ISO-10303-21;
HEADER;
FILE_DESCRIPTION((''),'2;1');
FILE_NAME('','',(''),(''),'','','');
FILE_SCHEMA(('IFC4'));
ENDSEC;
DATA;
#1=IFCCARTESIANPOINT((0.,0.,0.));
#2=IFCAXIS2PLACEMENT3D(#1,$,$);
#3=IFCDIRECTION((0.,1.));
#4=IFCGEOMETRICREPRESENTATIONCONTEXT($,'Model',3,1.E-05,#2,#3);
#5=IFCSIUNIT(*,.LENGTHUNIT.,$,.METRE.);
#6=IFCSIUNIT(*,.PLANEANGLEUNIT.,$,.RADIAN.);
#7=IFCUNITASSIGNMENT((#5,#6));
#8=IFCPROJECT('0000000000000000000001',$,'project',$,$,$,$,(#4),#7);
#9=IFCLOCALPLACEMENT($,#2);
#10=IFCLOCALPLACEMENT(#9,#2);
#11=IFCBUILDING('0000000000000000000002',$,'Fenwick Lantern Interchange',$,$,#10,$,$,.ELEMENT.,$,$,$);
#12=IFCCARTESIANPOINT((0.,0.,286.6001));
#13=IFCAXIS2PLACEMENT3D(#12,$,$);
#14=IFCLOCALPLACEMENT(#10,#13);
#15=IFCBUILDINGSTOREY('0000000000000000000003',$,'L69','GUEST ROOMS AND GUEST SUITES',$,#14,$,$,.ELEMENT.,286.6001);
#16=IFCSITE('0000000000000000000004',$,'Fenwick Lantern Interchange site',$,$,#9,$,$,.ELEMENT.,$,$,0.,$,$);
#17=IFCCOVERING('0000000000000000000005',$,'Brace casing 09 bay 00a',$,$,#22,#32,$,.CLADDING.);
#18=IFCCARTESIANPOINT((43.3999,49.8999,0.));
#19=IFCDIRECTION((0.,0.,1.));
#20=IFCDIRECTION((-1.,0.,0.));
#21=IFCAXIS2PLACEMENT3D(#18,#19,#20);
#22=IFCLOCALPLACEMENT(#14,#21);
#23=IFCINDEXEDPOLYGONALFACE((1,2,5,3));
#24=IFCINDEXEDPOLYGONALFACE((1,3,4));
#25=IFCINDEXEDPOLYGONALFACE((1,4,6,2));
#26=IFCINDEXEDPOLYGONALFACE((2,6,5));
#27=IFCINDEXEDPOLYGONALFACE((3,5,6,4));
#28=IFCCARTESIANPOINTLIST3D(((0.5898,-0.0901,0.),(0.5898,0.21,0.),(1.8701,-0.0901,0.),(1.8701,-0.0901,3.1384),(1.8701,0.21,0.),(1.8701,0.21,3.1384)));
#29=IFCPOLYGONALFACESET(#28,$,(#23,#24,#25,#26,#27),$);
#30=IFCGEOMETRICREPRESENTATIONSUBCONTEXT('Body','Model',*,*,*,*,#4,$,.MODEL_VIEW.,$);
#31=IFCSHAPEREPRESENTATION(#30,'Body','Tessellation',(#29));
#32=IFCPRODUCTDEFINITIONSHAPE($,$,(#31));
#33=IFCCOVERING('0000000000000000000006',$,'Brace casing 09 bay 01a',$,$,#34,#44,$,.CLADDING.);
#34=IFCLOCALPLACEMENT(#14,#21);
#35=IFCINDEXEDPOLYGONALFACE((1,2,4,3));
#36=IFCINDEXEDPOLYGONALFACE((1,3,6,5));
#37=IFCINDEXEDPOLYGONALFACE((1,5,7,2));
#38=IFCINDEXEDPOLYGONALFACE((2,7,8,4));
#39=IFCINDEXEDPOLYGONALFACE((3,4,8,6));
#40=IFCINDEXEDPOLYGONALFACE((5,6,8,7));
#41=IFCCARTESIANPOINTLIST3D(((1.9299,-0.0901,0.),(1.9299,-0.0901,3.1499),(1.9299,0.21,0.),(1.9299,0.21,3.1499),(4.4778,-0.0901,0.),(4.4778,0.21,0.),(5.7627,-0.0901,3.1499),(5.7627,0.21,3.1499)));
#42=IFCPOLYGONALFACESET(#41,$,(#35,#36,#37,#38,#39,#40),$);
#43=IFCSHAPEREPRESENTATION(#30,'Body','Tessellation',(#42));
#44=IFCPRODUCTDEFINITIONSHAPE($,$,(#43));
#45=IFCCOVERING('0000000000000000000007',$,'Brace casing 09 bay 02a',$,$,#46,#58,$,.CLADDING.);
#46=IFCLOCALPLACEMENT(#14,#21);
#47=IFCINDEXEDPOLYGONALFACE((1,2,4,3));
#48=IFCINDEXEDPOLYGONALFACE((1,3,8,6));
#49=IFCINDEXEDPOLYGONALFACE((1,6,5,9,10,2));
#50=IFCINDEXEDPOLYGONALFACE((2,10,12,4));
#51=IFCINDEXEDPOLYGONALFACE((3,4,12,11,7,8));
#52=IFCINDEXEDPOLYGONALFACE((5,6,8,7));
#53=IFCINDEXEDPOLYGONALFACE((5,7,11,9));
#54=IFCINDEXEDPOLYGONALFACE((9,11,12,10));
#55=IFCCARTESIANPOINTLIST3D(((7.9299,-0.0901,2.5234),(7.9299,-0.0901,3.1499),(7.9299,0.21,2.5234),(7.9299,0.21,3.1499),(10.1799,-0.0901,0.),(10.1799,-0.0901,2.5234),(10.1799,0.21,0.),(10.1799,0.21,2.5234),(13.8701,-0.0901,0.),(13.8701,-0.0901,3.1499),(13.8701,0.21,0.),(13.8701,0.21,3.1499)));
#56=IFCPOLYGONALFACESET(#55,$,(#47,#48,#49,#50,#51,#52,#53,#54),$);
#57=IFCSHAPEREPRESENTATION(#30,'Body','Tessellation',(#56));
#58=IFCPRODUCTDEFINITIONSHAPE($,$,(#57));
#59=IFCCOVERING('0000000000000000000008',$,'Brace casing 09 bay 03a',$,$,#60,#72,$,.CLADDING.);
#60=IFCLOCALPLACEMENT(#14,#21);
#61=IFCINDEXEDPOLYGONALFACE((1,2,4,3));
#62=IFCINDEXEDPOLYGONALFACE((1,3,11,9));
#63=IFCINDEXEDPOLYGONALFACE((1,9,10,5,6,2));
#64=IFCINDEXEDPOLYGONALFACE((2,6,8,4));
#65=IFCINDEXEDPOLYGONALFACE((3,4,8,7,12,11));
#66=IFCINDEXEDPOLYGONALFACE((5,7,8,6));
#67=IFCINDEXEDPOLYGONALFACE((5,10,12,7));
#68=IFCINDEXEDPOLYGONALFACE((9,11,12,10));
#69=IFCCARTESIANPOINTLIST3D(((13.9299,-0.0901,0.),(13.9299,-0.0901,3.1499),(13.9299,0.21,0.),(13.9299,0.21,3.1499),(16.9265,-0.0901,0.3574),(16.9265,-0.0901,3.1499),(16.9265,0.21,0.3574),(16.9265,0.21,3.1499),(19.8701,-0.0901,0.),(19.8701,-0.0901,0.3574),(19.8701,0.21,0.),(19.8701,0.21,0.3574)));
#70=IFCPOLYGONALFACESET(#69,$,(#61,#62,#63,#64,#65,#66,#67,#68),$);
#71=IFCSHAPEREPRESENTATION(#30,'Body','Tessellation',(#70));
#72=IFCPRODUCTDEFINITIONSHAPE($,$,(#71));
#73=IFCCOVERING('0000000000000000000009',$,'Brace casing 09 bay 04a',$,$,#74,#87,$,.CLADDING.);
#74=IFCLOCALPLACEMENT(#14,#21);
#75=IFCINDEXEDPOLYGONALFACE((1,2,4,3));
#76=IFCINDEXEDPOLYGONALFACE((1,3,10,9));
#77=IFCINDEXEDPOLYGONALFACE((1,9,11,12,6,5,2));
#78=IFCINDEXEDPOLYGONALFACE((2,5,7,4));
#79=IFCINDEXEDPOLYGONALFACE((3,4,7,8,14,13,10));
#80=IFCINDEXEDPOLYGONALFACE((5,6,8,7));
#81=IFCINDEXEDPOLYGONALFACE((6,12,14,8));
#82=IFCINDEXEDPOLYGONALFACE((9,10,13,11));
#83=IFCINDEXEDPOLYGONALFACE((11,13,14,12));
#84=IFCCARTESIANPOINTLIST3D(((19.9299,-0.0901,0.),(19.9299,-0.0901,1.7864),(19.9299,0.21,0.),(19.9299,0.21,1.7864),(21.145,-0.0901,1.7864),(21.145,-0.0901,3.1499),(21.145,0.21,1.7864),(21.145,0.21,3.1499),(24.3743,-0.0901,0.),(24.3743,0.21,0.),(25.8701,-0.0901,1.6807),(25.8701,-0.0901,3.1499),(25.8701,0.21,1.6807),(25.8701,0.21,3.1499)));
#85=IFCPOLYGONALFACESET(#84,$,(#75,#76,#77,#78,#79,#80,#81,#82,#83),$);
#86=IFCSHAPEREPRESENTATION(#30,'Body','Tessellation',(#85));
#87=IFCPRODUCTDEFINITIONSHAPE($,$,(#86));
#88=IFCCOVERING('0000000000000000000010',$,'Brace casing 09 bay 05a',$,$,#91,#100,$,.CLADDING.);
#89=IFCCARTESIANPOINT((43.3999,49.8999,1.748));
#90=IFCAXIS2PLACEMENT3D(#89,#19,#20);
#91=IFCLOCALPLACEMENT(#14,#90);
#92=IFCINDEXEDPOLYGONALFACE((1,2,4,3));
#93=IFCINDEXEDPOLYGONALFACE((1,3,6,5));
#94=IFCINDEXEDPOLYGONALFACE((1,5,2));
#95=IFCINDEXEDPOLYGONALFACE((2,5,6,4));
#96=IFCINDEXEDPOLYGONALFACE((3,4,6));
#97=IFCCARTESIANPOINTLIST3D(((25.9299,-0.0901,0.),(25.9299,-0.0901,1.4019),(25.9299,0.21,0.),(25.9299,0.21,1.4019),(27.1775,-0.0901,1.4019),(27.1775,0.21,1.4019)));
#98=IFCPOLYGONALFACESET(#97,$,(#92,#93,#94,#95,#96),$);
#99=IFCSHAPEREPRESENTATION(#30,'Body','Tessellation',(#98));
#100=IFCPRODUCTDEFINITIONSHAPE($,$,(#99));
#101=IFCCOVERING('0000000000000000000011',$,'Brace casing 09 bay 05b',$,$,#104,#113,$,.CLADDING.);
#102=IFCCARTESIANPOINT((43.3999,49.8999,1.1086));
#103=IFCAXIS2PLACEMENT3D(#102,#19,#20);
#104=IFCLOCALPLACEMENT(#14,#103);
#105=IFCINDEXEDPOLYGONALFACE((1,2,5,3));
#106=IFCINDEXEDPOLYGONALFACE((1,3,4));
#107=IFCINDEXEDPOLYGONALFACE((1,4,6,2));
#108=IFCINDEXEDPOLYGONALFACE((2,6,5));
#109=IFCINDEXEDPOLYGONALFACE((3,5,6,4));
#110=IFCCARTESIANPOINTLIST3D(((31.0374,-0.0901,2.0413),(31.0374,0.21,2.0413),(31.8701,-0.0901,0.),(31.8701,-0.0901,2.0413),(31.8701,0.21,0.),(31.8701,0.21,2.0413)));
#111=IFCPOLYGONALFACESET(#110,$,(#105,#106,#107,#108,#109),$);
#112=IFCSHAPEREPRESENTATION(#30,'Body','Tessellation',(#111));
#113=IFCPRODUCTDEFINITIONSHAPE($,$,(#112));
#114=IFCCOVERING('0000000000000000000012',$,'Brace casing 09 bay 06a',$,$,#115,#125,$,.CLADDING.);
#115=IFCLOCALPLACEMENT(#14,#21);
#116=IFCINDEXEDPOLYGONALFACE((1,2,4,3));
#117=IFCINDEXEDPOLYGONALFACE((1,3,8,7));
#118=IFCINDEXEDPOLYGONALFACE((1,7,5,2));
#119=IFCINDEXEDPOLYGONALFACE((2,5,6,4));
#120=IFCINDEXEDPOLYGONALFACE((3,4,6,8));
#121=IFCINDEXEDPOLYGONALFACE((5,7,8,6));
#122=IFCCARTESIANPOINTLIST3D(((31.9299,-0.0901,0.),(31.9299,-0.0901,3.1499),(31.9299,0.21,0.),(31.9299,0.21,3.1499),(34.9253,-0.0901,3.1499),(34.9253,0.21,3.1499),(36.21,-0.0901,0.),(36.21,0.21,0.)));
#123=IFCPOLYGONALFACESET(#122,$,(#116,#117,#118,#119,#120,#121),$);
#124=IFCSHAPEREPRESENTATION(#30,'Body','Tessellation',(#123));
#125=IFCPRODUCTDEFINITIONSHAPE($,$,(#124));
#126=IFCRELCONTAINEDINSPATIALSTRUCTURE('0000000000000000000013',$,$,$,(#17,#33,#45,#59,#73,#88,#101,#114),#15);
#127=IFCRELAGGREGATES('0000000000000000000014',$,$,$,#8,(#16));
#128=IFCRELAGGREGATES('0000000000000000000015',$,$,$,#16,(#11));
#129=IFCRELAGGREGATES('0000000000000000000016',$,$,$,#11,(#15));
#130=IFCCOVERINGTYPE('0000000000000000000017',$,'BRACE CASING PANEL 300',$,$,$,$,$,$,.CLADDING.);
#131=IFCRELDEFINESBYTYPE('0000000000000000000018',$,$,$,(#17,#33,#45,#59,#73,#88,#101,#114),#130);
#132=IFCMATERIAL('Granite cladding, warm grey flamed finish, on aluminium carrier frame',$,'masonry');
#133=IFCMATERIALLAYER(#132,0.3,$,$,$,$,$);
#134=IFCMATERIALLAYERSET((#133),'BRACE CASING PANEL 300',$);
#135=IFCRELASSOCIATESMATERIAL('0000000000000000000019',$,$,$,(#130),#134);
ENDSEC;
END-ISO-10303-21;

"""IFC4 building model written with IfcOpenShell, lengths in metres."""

from ifc_helpers import new_model, si_unit, direction, frame, origin, place, context, subcontext, project, spatial, polyline, outline, extrude, material, layer, layer_set, type_object, element, save


model = new_model("IFC4")

# Units and contexts
model_context = context("Model", 3, precision=1e-05, world=origin(), true_north=direction((0.0, 1.0)))
body_context = subcontext(model_context, "Body", "Model", "MODEL_VIEW")
ifc_project = project(units=[si_unit("LENGTHUNIT", "METRE"), si_unit("PLANEANGLEUNIT", "RADIAN")], contexts=[model_context])

# Site, building, storey
site_placement = place(None, origin())
site = spatial("IfcSite", under=ifc_project, at=site_placement, Name="Fenwick Lantern Interchange site", CompositionType="ELEMENT", RefElevation=0.0)
building_placement = place(site_placement, origin())
building = spatial("IfcBuilding", under=site, at=building_placement, Name="Fenwick Lantern Interchange", CompositionType="ELEMENT")
storey_placement = place(building_placement, frame((0.0, 0.0, 286.6001)))
storey = spatial("IfcBuildingStorey", under=building, at=storey_placement, Name="L69", Description="GUEST ROOMS AND GUEST SUITES", CompositionType="ELEMENT", Elevation=286.6001)

# Coverings
ifc_material_1 = material(Name="Granite cladding, warm grey flamed finish, on aluminium carrier frame", Category="masonry")
ifc_layer_1 = layer(ifc_material_1, 0.3)
ifc_layer_set_1 = layer_set([ifc_layer_1], Name="BRACE CASING PANEL 300")
covering_type = type_object("IfcCoveringType", Name="BRACE CASING PANEL 300", PredefinedType="CLADDING", material=ifc_layer_set_1)
covering_1_placement = place(storey_placement, frame((43.3999, 49.8999, 0.0), z_axis=(0.0, 0.0, 1.0), x_axis=(-1.0, 0.0, 0.0)))
element("IfcCovering", 1, at=covering_1_placement, inside=storey, type_object=covering_type, Name="Brace casing 09 bay 00a", PredefinedType="CLADDING", context=body_context, shape_type="SweptSolid", body=[
    extrude(outline(polyline([(0.5898, 0.0), (1.8701, 0.0), (1.8701, 3.1384), (0.5898, 0.0)])), frame((0.0, 0.21, 0.0), z_axis=(0.0, -1.0, 0.0), x_axis=(1.0, 0.0, 0.0)), (0.0, 0.0, 1.0), 0.3),
])
covering_2_placement = place(storey_placement, frame((43.3999, 49.8999, 0.0), z_axis=(0.0, 0.0, 1.0), x_axis=(-1.0, 0.0, 0.0)))
element("IfcCovering", 2, at=covering_2_placement, inside=storey, type_object=covering_type, Name="Brace casing 09 bay 01a", PredefinedType="CLADDING", context=body_context, shape_type="SweptSolid", body=[
    extrude(outline(polyline([(1.9299, 0.0), (4.4778, 0.0), (5.7627, 3.1499), (1.9299, 3.1499), (1.9299, 0.0)])), frame((0.0, 0.21, 0.0), z_axis=(0.0, -1.0, 0.0), x_axis=(1.0, 0.0, 0.0)), (0.0, 0.0, 1.0), 0.3),
])
covering_3_placement = place(storey_placement, frame((43.3999, 49.8999, 0.0), z_axis=(0.0, 0.0, 1.0), x_axis=(-1.0, 0.0, 0.0)))
element("IfcCovering", 3, at=covering_3_placement, inside=storey, type_object=covering_type, Name="Brace casing 09 bay 02a", PredefinedType="CLADDING", context=body_context, shape_type="SweptSolid", body=[
    extrude(outline(polyline([(10.1799, 0.0), (13.8701, 0.0), (13.8701, 3.1499), (7.9299, 3.1499), (7.9299, 2.5234), (10.1799, 2.5234), (10.1799, 0.0)])), frame((0.0, 0.21, 0.0), z_axis=(0.0, -1.0, 0.0), x_axis=(1.0, 0.0, 0.0)), (0.0, 0.0, 1.0), 0.3),
])
covering_4_placement = place(storey_placement, frame((43.3999, 49.8999, 0.0), z_axis=(0.0, 0.0, 1.0), x_axis=(-1.0, 0.0, 0.0)))
element("IfcCovering", 4, at=covering_4_placement, inside=storey, type_object=covering_type, Name="Brace casing 09 bay 03a", PredefinedType="CLADDING", context=body_context, shape_type="SweptSolid", body=[
    extrude(outline(polyline([(13.9299, 0.0), (19.8701, 0.0), (19.8701, 0.3574), (16.9265, 0.3574), (16.9265, 3.1499), (13.9299, 3.1499), (13.9299, 0.0)])), frame((0.0, 0.21, 0.0), z_axis=(0.0, -1.0, 0.0), x_axis=(1.0, 0.0, 0.0)), (0.0, 0.0, 1.0), 0.3),
])
covering_5_placement = place(storey_placement, frame((43.3999, 49.8999, 0.0), z_axis=(0.0, 0.0, 1.0), x_axis=(-1.0, 0.0, 0.0)))
element("IfcCovering", 5, at=covering_5_placement, inside=storey, type_object=covering_type, Name="Brace casing 09 bay 04a", PredefinedType="CLADDING", context=body_context, shape_type="SweptSolid", body=[
    extrude(outline(polyline([(19.9299, 0.0), (24.3743, 0.0), (25.8701, 1.6807), (25.8701, 3.1499), (21.145, 3.1499), (21.145, 1.7864), (19.9299, 1.7864), (19.9299, 0.0)])), frame((0.0, 0.21, 0.0), z_axis=(0.0, -1.0, 0.0), x_axis=(1.0, 0.0, 0.0)), (0.0, 0.0, 1.0), 0.3),
])
covering_6_placement = place(storey_placement, frame((43.3999, 49.8999, 1.748), z_axis=(0.0, 0.0, 1.0), x_axis=(-1.0, 0.0, 0.0)))
element("IfcCovering", 6, at=covering_6_placement, inside=storey, type_object=covering_type, Name="Brace casing 09 bay 05a", PredefinedType="CLADDING", context=body_context, shape_type="SweptSolid", body=[
    extrude(outline(polyline([(25.9299, 0.0), (27.1775, 1.4019), (25.9299, 1.4019), (25.9299, 0.0)])), frame((0.0, 0.21, 0.0), z_axis=(0.0, -1.0, 0.0), x_axis=(1.0, 0.0, 0.0)), (0.0, 0.0, 1.0), 0.3),
])
covering_7_placement = place(storey_placement, frame((43.3999, 49.8999, 1.1086), z_axis=(0.0, 0.0, 1.0), x_axis=(-1.0, 0.0, 0.0)))
element("IfcCovering", 7, at=covering_7_placement, inside=storey, type_object=covering_type, Name="Brace casing 09 bay 05b", PredefinedType="CLADDING", context=body_context, shape_type="SweptSolid", body=[
    extrude(outline(polyline([(31.8701, 0.0), (31.8701, 2.0413), (31.0374, 2.0413), (31.8701, 0.0)])), frame((0.0, 0.21, 0.0), z_axis=(0.0, -1.0, 0.0), x_axis=(1.0, 0.0, 0.0)), (0.0, 0.0, 1.0), 0.3),
])
covering_8_placement = place(storey_placement, frame((43.3999, 49.8999, 0.0), z_axis=(0.0, 0.0, 1.0), x_axis=(-1.0, 0.0, 0.0)))
element("IfcCovering", 8, at=covering_8_placement, inside=storey, type_object=covering_type, Name="Brace casing 09 bay 06a", PredefinedType="CLADDING", context=body_context, shape_type="SweptSolid", body=[
    extrude(outline(polyline([(31.9299, 0.0), (36.21, 0.0), (34.9253, 3.1499), (31.9299, 3.1499), (31.9299, 0.0)])), frame((0.0, 0.21, 0.0), z_axis=(0.0, -1.0, 0.0), x_axis=(1.0, 0.0, 0.0)), (0.0, 0.0, 1.0), 0.3),
])

save(model, "model.ifc")
